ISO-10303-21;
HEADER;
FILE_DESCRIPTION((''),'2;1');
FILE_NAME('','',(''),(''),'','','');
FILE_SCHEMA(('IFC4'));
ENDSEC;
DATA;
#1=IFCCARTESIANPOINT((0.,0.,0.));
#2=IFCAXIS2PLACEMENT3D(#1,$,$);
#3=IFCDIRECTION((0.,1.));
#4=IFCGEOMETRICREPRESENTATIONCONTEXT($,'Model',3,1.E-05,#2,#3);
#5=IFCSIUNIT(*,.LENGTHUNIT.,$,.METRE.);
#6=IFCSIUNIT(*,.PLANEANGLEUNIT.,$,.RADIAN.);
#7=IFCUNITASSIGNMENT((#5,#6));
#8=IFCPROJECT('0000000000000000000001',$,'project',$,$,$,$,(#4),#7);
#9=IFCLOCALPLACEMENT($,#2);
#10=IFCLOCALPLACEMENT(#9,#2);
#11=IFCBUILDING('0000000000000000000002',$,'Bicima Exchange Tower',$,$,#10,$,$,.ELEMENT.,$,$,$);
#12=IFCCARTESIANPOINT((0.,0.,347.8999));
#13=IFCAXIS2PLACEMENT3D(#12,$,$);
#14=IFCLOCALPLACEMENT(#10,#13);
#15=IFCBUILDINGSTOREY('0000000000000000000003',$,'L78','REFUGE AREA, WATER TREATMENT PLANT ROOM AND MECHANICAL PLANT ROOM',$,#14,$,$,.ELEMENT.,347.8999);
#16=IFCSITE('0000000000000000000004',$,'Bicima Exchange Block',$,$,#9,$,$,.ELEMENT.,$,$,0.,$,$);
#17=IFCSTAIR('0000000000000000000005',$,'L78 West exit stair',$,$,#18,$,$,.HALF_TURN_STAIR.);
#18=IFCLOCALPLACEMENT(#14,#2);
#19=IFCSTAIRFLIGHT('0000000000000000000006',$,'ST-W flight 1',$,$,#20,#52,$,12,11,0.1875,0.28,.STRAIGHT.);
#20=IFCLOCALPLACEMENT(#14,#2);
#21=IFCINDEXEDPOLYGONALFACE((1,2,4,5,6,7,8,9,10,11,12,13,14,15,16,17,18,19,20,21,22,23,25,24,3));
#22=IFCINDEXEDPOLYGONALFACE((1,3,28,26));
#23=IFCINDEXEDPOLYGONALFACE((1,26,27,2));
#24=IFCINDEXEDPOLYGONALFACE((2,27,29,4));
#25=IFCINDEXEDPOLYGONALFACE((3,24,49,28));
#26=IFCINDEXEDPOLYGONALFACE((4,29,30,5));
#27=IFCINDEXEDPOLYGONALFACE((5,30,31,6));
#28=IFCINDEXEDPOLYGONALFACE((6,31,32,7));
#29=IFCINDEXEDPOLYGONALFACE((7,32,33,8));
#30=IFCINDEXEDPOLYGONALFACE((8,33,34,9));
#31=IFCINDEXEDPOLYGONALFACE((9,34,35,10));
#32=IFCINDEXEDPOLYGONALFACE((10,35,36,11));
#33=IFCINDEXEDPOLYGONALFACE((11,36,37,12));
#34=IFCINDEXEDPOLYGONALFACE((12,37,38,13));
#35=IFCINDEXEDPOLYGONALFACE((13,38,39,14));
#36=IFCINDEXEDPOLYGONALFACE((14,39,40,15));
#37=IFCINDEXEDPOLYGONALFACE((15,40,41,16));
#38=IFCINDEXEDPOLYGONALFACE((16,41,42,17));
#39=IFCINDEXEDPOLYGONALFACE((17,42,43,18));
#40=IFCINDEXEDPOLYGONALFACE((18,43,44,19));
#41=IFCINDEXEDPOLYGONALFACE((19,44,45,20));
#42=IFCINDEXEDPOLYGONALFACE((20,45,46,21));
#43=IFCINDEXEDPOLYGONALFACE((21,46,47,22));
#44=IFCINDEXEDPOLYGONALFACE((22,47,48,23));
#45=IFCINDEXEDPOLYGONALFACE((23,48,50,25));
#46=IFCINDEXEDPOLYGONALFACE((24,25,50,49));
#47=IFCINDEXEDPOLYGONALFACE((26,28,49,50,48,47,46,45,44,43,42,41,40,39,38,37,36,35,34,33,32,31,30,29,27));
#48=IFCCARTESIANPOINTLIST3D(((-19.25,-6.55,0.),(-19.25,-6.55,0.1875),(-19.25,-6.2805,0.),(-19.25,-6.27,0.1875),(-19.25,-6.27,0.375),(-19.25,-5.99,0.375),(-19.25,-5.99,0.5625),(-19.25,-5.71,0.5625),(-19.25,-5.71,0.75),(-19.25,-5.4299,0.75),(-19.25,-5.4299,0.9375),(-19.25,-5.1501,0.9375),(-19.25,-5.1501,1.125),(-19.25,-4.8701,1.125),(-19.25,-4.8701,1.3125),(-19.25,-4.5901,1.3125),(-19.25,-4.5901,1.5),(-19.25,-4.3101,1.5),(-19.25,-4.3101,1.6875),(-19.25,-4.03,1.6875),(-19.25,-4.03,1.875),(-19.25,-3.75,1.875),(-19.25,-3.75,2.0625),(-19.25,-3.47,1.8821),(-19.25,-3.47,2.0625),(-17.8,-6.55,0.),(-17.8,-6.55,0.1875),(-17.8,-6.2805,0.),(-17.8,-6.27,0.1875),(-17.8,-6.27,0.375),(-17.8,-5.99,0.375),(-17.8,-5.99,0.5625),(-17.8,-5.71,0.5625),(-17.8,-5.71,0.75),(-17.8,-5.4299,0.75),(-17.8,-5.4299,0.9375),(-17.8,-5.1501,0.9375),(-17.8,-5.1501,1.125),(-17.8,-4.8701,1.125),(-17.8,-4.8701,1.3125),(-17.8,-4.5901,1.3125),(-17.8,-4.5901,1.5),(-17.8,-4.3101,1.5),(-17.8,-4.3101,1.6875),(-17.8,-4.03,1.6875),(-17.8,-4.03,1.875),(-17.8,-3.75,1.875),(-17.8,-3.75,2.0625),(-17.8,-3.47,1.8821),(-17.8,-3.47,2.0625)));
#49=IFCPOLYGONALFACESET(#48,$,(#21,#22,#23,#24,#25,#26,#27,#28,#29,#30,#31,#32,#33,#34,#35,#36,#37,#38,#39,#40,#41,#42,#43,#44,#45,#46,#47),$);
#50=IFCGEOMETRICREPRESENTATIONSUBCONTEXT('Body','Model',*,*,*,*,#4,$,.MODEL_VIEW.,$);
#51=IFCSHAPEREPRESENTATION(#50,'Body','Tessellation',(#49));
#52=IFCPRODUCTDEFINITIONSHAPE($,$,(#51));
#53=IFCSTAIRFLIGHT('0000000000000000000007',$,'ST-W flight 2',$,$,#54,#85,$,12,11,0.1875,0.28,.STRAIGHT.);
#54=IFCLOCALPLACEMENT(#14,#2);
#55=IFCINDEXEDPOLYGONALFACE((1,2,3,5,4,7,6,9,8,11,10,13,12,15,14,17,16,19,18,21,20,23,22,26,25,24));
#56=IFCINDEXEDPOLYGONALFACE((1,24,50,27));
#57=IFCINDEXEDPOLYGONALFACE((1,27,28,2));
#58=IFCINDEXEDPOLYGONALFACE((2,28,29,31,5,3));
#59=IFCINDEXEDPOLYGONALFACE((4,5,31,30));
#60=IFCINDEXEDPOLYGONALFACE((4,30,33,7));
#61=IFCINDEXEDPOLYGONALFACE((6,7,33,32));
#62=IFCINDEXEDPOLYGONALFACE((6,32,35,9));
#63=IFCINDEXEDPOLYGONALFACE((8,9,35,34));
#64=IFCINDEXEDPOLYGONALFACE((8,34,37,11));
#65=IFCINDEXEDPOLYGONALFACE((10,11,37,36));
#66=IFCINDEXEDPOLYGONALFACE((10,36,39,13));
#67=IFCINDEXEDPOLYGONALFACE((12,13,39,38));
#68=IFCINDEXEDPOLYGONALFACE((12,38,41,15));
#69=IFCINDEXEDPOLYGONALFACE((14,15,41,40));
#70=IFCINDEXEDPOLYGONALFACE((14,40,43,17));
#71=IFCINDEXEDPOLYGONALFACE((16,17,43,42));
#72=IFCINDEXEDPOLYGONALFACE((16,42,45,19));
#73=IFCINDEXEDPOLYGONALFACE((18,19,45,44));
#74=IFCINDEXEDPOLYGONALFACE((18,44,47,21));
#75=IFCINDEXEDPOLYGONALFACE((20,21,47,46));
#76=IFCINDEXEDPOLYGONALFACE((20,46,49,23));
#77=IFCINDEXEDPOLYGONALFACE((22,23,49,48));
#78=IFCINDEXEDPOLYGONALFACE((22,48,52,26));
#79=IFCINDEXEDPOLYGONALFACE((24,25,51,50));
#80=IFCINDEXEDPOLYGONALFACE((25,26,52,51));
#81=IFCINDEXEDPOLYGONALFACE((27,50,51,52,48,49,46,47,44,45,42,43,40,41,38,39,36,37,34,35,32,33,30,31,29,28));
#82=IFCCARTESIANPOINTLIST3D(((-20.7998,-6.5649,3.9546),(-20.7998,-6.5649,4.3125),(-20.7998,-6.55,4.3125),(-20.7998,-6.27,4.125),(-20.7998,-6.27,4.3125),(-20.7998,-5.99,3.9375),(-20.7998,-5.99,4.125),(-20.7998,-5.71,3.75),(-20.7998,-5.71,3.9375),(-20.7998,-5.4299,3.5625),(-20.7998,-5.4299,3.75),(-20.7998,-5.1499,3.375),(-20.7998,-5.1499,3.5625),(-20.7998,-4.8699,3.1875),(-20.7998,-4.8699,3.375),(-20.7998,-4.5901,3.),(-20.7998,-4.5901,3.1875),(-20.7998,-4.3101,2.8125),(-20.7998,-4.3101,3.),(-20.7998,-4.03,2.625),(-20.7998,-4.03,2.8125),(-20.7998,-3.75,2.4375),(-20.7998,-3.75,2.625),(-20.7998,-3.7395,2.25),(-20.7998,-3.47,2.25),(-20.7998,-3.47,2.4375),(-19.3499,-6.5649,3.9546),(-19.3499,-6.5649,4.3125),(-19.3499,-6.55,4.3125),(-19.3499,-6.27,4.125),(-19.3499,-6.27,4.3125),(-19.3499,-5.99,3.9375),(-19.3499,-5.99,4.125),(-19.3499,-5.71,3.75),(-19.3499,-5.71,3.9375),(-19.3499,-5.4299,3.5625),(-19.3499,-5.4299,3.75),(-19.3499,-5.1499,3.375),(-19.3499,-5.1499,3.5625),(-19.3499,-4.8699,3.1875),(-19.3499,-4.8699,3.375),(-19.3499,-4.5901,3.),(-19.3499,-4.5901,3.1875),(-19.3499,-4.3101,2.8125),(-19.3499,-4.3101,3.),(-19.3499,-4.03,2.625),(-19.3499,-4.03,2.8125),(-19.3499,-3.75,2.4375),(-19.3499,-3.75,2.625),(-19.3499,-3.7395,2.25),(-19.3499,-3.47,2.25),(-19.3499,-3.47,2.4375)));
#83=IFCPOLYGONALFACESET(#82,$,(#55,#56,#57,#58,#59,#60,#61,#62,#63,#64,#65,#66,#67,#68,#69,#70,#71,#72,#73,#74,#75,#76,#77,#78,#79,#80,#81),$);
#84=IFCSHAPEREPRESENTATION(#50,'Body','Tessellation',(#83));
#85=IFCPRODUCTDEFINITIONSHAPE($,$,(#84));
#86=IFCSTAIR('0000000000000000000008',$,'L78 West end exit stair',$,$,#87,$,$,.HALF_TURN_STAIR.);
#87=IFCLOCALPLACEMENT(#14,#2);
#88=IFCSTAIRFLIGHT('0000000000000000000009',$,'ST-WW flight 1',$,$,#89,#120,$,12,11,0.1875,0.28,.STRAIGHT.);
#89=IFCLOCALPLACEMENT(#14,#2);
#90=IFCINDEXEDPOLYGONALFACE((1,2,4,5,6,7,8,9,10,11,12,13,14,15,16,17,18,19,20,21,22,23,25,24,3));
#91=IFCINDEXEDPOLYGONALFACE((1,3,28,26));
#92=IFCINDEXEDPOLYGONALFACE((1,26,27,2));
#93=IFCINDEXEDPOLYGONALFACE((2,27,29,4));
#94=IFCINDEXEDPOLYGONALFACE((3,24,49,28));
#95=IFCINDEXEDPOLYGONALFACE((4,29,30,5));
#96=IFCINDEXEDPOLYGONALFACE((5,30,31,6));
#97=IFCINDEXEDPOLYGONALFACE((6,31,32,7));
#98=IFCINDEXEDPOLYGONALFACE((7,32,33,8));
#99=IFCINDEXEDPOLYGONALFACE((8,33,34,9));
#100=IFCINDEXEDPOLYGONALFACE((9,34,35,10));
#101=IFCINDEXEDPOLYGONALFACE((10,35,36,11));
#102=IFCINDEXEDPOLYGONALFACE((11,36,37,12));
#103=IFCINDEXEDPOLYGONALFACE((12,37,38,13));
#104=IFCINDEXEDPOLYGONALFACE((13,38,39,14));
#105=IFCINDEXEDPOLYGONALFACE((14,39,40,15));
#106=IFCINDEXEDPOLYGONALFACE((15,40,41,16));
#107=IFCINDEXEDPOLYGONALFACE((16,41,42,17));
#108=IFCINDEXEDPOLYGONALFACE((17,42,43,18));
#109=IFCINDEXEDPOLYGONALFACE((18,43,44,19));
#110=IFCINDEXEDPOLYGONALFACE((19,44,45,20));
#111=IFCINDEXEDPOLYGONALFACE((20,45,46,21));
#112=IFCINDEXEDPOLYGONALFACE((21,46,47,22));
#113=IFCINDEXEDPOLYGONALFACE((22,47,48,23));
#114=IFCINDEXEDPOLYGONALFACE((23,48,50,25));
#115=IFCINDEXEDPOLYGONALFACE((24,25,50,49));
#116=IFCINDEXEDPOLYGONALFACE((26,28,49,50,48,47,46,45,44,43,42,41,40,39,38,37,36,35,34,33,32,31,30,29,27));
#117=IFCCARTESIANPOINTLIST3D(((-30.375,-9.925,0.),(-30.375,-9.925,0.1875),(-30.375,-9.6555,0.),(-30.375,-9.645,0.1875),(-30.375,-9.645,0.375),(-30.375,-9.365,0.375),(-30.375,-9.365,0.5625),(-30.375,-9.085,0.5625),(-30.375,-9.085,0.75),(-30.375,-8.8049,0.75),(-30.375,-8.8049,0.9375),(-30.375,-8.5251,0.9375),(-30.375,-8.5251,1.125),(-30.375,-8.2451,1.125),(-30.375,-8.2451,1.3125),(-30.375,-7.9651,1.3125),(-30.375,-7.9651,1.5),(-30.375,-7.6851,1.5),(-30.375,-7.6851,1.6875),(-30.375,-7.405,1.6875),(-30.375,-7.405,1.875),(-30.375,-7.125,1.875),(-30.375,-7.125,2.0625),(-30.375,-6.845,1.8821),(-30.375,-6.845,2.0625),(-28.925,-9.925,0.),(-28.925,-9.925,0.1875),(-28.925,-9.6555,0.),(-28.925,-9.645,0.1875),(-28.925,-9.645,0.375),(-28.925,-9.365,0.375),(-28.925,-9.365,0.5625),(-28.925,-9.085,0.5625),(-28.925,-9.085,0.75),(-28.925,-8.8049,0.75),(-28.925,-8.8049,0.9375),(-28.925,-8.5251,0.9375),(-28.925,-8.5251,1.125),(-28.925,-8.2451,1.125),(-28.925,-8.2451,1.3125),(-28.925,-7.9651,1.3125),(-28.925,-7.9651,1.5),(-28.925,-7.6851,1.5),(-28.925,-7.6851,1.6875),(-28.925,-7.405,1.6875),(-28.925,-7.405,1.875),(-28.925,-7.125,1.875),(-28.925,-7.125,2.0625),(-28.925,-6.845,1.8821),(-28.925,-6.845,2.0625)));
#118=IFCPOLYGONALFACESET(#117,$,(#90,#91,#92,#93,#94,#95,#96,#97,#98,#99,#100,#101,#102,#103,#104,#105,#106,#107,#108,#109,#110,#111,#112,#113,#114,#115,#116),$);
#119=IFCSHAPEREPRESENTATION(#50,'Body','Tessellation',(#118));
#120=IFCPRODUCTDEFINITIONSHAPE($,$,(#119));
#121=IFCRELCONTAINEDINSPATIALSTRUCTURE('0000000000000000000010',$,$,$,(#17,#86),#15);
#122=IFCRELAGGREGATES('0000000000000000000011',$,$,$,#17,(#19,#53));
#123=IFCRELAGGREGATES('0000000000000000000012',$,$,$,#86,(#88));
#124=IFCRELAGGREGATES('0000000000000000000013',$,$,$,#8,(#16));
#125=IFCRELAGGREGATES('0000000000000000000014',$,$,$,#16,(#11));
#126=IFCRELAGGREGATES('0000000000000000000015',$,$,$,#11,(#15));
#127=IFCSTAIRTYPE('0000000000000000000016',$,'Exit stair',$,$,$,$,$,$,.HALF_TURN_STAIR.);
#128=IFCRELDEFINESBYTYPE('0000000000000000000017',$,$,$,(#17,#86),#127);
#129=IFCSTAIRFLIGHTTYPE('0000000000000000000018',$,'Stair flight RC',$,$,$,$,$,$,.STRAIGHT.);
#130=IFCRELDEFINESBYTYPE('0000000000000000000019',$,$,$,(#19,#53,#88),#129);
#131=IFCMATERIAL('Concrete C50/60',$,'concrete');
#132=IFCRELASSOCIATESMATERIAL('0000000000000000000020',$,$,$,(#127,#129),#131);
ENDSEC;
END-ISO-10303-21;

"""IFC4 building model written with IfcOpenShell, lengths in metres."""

from ifc_helpers import new_model, si_unit, direction, frame, origin, place, context, subcontext, project, spatial, polyline, outline, extrude, material, type_object, element, aggregate, save


model = new_model("IFC4")

# Units and contexts
model_context = context("Model", 3, precision=1e-05, world=origin(), true_north=direction((0.0, 1.0)))
body_context = subcontext(model_context, "Body", "Model", "MODEL_VIEW")
ifc_project = project(units=[si_unit("LENGTHUNIT", "METRE"), si_unit("PLANEANGLEUNIT", "RADIAN")], contexts=[model_context])

# Site, building, storey
site_placement = place(None, origin())
site = spatial("IfcSite", under=ifc_project, at=site_placement, Name="Bicima Exchange Block", CompositionType="ELEMENT", RefElevation=0.0)
building_placement = place(site_placement, origin())
building = spatial("IfcBuilding", under=site, at=building_placement, Name="Bicima Exchange Tower", CompositionType="ELEMENT")
storey_placement = place(building_placement, frame((0.0, 0.0, 347.8999)))
storey = spatial("IfcBuildingStorey", under=building, at=storey_placement, Name="L78", Description="REFUGE AREA, WATER TREATMENT PLANT ROOM AND MECHANICAL PLANT ROOM", CompositionType="ELEMENT", Elevation=347.8999)

# Shared definitions
ifc_material_1 = material(Name="Concrete C50/60", Category="concrete")

# Stair, stair flights
stair_type = type_object("IfcStairType", Name="Exit stair", PredefinedType="HALF_TURN_STAIR", material=ifc_material_1)
stair_1_placement = place(storey_placement, origin())
stair_1 = element("IfcStair", 1, at=stair_1_placement, inside=storey, type_object=stair_type, Name="L78 West exit stair", PredefinedType="HALF_TURN_STAIR")
stair_flight_type = type_object("IfcStairFlightType", Name="Stair flight RC", PredefinedType="STRAIGHT", material=ifc_material_1)
stair_flight_1_placement = place(storey_placement, frame((-18.5249, -6.55, 0.0), z_axis=(0.0, 0.0, 1.0), x_axis=(0.0, 1.0, 0.0)))
stair_flight_1 = element("IfcStairFlight", 2, at=stair_flight_1_placement, type_object=stair_flight_type, Name="ST-W flight 1", NumberOfRisers=12, NumberOfTreads=11, PredefinedType="STRAIGHT", RiserHeight=0.1875, TreadLength=0.28, context=body_context, shape_type="SweptSolid", body=[
    extrude(outline(polyline([(0.0, 0.0), (0.0, 0.1875), (0.28, 0.1875), (0.28, 0.375), (0.5601, 0.375), (0.5601, 0.5625), (0.8401, 0.5625), (0.8401, 0.75), (1.1201, 0.75), (1.1201, 0.9375), (1.3999, 0.9375), (1.3999, 1.125), (1.6799, 1.125), (1.6799, 1.3125), (1.96, 1.3125), (1.96, 1.5), (2.24, 1.5), (2.24, 1.6875), (2.52, 1.6875), (2.52, 1.875), (2.8, 1.875), (2.8, 2.0625), (3.0801, 2.0625), (3.0801, 2.25), (3.0801, 1.8821), (0.2695, 0.0), (0.0, 0.0)])), frame((0.0, 0.7251, 0.0), z_axis=(0.0, -1.0, 0.0), x_axis=(1.0, 0.0, 0.0)), (0.0, 0.0, 1.0), 1.45),
])
stair_flight_2_placement = place(storey_placement, frame((-20.075, -3.47, 2.25), z_axis=(0.0, 0.0, 1.0), x_axis=(0.0, -1.0, 0.0)))
stair_flight_2 = element("IfcStairFlight", 3, at=stair_flight_2_placement, type_object=stair_flight_type, Name="ST-W flight 2", NumberOfRisers=12, NumberOfTreads=11, PredefinedType="STRAIGHT", RiserHeight=0.1875, TreadLength=0.28, context=body_context, shape_type="SweptSolid", body=[
    extrude(outline(polyline([(0.0, 0.0), (0.0, 0.1875), (0.28, 0.1875), (0.28, 0.375), (0.5601, 0.375), (0.5601, 0.5625), (0.8401, 0.5625), (0.8401, 0.75), (1.1201, 0.75), (1.1201, 0.9375), (1.3999, 0.9375), (1.3999, 1.125), (1.6799, 1.125), (1.6799, 1.3125), (1.96, 1.3125), (1.96, 1.5), (2.24, 1.5), (2.24, 1.6875), (2.52, 1.6875), (2.52, 1.875), (2.8, 1.875), (2.8, 2.0625), (3.0801, 2.0625), (3.095, 2.0625), (3.095, 1.7046), (0.2695, 0.0), (0.0, 0.0)])), frame((0.0, 0.7251, 0.0), z_axis=(0.0, -1.0, 0.0), x_axis=(1.0, 0.0, 0.0)), (0.0, 0.0, 1.0), 1.45),
])
aggregate(stair_1, [stair_flight_1, stair_flight_2])

# Stair, stair flight
stair_2_placement = place(storey_placement, origin())
stair_2 = element("IfcStair", 4, at=stair_2_placement, inside=storey, type_object=stair_type, Name="L78 West end exit stair", PredefinedType="HALF_TURN_STAIR")
stair_flight_3_placement = place(storey_placement, frame((-29.6499, -9.925, 0.0), z_axis=(0.0, 0.0, 1.0), x_axis=(0.0, 1.0, 0.0)))
stair_flight_3 = element("IfcStairFlight", 5, at=stair_flight_3_placement, type_object=stair_flight_type, Name="ST-WW flight 1", NumberOfRisers=12, NumberOfTreads=11, PredefinedType="STRAIGHT", RiserHeight=0.1875, TreadLength=0.28, context=body_context, shape_type="SweptSolid", body=[
    extrude(outline(polyline([(0.0, 0.0), (0.0, 0.1875), (0.28, 0.1875), (0.28, 0.375), (0.5601, 0.375), (0.5601, 0.5625), (0.8401, 0.5625), (0.8401, 0.75), (1.1201, 0.75), (1.1201, 0.9375), (1.3999, 0.9375), (1.3999, 1.125), (1.6799, 1.125), (1.6799, 1.3125), (1.96, 1.3125), (1.96, 1.5), (2.24, 1.5), (2.24, 1.6875), (2.52, 1.6875), (2.52, 1.875), (2.8, 1.875), (2.8, 2.0625), (3.0801, 2.0625), (3.0801, 2.25), (3.0801, 1.8821), (0.2695, 0.0), (0.0, 0.0)])), frame((0.0, 0.7251, 0.0), z_axis=(0.0, -1.0, 0.0), x_axis=(1.0, 0.0, 0.0)), (0.0, 0.0, 1.0), 1.45),
])
aggregate(stair_2, [stair_flight_3])

save(model, "model.ifc")
